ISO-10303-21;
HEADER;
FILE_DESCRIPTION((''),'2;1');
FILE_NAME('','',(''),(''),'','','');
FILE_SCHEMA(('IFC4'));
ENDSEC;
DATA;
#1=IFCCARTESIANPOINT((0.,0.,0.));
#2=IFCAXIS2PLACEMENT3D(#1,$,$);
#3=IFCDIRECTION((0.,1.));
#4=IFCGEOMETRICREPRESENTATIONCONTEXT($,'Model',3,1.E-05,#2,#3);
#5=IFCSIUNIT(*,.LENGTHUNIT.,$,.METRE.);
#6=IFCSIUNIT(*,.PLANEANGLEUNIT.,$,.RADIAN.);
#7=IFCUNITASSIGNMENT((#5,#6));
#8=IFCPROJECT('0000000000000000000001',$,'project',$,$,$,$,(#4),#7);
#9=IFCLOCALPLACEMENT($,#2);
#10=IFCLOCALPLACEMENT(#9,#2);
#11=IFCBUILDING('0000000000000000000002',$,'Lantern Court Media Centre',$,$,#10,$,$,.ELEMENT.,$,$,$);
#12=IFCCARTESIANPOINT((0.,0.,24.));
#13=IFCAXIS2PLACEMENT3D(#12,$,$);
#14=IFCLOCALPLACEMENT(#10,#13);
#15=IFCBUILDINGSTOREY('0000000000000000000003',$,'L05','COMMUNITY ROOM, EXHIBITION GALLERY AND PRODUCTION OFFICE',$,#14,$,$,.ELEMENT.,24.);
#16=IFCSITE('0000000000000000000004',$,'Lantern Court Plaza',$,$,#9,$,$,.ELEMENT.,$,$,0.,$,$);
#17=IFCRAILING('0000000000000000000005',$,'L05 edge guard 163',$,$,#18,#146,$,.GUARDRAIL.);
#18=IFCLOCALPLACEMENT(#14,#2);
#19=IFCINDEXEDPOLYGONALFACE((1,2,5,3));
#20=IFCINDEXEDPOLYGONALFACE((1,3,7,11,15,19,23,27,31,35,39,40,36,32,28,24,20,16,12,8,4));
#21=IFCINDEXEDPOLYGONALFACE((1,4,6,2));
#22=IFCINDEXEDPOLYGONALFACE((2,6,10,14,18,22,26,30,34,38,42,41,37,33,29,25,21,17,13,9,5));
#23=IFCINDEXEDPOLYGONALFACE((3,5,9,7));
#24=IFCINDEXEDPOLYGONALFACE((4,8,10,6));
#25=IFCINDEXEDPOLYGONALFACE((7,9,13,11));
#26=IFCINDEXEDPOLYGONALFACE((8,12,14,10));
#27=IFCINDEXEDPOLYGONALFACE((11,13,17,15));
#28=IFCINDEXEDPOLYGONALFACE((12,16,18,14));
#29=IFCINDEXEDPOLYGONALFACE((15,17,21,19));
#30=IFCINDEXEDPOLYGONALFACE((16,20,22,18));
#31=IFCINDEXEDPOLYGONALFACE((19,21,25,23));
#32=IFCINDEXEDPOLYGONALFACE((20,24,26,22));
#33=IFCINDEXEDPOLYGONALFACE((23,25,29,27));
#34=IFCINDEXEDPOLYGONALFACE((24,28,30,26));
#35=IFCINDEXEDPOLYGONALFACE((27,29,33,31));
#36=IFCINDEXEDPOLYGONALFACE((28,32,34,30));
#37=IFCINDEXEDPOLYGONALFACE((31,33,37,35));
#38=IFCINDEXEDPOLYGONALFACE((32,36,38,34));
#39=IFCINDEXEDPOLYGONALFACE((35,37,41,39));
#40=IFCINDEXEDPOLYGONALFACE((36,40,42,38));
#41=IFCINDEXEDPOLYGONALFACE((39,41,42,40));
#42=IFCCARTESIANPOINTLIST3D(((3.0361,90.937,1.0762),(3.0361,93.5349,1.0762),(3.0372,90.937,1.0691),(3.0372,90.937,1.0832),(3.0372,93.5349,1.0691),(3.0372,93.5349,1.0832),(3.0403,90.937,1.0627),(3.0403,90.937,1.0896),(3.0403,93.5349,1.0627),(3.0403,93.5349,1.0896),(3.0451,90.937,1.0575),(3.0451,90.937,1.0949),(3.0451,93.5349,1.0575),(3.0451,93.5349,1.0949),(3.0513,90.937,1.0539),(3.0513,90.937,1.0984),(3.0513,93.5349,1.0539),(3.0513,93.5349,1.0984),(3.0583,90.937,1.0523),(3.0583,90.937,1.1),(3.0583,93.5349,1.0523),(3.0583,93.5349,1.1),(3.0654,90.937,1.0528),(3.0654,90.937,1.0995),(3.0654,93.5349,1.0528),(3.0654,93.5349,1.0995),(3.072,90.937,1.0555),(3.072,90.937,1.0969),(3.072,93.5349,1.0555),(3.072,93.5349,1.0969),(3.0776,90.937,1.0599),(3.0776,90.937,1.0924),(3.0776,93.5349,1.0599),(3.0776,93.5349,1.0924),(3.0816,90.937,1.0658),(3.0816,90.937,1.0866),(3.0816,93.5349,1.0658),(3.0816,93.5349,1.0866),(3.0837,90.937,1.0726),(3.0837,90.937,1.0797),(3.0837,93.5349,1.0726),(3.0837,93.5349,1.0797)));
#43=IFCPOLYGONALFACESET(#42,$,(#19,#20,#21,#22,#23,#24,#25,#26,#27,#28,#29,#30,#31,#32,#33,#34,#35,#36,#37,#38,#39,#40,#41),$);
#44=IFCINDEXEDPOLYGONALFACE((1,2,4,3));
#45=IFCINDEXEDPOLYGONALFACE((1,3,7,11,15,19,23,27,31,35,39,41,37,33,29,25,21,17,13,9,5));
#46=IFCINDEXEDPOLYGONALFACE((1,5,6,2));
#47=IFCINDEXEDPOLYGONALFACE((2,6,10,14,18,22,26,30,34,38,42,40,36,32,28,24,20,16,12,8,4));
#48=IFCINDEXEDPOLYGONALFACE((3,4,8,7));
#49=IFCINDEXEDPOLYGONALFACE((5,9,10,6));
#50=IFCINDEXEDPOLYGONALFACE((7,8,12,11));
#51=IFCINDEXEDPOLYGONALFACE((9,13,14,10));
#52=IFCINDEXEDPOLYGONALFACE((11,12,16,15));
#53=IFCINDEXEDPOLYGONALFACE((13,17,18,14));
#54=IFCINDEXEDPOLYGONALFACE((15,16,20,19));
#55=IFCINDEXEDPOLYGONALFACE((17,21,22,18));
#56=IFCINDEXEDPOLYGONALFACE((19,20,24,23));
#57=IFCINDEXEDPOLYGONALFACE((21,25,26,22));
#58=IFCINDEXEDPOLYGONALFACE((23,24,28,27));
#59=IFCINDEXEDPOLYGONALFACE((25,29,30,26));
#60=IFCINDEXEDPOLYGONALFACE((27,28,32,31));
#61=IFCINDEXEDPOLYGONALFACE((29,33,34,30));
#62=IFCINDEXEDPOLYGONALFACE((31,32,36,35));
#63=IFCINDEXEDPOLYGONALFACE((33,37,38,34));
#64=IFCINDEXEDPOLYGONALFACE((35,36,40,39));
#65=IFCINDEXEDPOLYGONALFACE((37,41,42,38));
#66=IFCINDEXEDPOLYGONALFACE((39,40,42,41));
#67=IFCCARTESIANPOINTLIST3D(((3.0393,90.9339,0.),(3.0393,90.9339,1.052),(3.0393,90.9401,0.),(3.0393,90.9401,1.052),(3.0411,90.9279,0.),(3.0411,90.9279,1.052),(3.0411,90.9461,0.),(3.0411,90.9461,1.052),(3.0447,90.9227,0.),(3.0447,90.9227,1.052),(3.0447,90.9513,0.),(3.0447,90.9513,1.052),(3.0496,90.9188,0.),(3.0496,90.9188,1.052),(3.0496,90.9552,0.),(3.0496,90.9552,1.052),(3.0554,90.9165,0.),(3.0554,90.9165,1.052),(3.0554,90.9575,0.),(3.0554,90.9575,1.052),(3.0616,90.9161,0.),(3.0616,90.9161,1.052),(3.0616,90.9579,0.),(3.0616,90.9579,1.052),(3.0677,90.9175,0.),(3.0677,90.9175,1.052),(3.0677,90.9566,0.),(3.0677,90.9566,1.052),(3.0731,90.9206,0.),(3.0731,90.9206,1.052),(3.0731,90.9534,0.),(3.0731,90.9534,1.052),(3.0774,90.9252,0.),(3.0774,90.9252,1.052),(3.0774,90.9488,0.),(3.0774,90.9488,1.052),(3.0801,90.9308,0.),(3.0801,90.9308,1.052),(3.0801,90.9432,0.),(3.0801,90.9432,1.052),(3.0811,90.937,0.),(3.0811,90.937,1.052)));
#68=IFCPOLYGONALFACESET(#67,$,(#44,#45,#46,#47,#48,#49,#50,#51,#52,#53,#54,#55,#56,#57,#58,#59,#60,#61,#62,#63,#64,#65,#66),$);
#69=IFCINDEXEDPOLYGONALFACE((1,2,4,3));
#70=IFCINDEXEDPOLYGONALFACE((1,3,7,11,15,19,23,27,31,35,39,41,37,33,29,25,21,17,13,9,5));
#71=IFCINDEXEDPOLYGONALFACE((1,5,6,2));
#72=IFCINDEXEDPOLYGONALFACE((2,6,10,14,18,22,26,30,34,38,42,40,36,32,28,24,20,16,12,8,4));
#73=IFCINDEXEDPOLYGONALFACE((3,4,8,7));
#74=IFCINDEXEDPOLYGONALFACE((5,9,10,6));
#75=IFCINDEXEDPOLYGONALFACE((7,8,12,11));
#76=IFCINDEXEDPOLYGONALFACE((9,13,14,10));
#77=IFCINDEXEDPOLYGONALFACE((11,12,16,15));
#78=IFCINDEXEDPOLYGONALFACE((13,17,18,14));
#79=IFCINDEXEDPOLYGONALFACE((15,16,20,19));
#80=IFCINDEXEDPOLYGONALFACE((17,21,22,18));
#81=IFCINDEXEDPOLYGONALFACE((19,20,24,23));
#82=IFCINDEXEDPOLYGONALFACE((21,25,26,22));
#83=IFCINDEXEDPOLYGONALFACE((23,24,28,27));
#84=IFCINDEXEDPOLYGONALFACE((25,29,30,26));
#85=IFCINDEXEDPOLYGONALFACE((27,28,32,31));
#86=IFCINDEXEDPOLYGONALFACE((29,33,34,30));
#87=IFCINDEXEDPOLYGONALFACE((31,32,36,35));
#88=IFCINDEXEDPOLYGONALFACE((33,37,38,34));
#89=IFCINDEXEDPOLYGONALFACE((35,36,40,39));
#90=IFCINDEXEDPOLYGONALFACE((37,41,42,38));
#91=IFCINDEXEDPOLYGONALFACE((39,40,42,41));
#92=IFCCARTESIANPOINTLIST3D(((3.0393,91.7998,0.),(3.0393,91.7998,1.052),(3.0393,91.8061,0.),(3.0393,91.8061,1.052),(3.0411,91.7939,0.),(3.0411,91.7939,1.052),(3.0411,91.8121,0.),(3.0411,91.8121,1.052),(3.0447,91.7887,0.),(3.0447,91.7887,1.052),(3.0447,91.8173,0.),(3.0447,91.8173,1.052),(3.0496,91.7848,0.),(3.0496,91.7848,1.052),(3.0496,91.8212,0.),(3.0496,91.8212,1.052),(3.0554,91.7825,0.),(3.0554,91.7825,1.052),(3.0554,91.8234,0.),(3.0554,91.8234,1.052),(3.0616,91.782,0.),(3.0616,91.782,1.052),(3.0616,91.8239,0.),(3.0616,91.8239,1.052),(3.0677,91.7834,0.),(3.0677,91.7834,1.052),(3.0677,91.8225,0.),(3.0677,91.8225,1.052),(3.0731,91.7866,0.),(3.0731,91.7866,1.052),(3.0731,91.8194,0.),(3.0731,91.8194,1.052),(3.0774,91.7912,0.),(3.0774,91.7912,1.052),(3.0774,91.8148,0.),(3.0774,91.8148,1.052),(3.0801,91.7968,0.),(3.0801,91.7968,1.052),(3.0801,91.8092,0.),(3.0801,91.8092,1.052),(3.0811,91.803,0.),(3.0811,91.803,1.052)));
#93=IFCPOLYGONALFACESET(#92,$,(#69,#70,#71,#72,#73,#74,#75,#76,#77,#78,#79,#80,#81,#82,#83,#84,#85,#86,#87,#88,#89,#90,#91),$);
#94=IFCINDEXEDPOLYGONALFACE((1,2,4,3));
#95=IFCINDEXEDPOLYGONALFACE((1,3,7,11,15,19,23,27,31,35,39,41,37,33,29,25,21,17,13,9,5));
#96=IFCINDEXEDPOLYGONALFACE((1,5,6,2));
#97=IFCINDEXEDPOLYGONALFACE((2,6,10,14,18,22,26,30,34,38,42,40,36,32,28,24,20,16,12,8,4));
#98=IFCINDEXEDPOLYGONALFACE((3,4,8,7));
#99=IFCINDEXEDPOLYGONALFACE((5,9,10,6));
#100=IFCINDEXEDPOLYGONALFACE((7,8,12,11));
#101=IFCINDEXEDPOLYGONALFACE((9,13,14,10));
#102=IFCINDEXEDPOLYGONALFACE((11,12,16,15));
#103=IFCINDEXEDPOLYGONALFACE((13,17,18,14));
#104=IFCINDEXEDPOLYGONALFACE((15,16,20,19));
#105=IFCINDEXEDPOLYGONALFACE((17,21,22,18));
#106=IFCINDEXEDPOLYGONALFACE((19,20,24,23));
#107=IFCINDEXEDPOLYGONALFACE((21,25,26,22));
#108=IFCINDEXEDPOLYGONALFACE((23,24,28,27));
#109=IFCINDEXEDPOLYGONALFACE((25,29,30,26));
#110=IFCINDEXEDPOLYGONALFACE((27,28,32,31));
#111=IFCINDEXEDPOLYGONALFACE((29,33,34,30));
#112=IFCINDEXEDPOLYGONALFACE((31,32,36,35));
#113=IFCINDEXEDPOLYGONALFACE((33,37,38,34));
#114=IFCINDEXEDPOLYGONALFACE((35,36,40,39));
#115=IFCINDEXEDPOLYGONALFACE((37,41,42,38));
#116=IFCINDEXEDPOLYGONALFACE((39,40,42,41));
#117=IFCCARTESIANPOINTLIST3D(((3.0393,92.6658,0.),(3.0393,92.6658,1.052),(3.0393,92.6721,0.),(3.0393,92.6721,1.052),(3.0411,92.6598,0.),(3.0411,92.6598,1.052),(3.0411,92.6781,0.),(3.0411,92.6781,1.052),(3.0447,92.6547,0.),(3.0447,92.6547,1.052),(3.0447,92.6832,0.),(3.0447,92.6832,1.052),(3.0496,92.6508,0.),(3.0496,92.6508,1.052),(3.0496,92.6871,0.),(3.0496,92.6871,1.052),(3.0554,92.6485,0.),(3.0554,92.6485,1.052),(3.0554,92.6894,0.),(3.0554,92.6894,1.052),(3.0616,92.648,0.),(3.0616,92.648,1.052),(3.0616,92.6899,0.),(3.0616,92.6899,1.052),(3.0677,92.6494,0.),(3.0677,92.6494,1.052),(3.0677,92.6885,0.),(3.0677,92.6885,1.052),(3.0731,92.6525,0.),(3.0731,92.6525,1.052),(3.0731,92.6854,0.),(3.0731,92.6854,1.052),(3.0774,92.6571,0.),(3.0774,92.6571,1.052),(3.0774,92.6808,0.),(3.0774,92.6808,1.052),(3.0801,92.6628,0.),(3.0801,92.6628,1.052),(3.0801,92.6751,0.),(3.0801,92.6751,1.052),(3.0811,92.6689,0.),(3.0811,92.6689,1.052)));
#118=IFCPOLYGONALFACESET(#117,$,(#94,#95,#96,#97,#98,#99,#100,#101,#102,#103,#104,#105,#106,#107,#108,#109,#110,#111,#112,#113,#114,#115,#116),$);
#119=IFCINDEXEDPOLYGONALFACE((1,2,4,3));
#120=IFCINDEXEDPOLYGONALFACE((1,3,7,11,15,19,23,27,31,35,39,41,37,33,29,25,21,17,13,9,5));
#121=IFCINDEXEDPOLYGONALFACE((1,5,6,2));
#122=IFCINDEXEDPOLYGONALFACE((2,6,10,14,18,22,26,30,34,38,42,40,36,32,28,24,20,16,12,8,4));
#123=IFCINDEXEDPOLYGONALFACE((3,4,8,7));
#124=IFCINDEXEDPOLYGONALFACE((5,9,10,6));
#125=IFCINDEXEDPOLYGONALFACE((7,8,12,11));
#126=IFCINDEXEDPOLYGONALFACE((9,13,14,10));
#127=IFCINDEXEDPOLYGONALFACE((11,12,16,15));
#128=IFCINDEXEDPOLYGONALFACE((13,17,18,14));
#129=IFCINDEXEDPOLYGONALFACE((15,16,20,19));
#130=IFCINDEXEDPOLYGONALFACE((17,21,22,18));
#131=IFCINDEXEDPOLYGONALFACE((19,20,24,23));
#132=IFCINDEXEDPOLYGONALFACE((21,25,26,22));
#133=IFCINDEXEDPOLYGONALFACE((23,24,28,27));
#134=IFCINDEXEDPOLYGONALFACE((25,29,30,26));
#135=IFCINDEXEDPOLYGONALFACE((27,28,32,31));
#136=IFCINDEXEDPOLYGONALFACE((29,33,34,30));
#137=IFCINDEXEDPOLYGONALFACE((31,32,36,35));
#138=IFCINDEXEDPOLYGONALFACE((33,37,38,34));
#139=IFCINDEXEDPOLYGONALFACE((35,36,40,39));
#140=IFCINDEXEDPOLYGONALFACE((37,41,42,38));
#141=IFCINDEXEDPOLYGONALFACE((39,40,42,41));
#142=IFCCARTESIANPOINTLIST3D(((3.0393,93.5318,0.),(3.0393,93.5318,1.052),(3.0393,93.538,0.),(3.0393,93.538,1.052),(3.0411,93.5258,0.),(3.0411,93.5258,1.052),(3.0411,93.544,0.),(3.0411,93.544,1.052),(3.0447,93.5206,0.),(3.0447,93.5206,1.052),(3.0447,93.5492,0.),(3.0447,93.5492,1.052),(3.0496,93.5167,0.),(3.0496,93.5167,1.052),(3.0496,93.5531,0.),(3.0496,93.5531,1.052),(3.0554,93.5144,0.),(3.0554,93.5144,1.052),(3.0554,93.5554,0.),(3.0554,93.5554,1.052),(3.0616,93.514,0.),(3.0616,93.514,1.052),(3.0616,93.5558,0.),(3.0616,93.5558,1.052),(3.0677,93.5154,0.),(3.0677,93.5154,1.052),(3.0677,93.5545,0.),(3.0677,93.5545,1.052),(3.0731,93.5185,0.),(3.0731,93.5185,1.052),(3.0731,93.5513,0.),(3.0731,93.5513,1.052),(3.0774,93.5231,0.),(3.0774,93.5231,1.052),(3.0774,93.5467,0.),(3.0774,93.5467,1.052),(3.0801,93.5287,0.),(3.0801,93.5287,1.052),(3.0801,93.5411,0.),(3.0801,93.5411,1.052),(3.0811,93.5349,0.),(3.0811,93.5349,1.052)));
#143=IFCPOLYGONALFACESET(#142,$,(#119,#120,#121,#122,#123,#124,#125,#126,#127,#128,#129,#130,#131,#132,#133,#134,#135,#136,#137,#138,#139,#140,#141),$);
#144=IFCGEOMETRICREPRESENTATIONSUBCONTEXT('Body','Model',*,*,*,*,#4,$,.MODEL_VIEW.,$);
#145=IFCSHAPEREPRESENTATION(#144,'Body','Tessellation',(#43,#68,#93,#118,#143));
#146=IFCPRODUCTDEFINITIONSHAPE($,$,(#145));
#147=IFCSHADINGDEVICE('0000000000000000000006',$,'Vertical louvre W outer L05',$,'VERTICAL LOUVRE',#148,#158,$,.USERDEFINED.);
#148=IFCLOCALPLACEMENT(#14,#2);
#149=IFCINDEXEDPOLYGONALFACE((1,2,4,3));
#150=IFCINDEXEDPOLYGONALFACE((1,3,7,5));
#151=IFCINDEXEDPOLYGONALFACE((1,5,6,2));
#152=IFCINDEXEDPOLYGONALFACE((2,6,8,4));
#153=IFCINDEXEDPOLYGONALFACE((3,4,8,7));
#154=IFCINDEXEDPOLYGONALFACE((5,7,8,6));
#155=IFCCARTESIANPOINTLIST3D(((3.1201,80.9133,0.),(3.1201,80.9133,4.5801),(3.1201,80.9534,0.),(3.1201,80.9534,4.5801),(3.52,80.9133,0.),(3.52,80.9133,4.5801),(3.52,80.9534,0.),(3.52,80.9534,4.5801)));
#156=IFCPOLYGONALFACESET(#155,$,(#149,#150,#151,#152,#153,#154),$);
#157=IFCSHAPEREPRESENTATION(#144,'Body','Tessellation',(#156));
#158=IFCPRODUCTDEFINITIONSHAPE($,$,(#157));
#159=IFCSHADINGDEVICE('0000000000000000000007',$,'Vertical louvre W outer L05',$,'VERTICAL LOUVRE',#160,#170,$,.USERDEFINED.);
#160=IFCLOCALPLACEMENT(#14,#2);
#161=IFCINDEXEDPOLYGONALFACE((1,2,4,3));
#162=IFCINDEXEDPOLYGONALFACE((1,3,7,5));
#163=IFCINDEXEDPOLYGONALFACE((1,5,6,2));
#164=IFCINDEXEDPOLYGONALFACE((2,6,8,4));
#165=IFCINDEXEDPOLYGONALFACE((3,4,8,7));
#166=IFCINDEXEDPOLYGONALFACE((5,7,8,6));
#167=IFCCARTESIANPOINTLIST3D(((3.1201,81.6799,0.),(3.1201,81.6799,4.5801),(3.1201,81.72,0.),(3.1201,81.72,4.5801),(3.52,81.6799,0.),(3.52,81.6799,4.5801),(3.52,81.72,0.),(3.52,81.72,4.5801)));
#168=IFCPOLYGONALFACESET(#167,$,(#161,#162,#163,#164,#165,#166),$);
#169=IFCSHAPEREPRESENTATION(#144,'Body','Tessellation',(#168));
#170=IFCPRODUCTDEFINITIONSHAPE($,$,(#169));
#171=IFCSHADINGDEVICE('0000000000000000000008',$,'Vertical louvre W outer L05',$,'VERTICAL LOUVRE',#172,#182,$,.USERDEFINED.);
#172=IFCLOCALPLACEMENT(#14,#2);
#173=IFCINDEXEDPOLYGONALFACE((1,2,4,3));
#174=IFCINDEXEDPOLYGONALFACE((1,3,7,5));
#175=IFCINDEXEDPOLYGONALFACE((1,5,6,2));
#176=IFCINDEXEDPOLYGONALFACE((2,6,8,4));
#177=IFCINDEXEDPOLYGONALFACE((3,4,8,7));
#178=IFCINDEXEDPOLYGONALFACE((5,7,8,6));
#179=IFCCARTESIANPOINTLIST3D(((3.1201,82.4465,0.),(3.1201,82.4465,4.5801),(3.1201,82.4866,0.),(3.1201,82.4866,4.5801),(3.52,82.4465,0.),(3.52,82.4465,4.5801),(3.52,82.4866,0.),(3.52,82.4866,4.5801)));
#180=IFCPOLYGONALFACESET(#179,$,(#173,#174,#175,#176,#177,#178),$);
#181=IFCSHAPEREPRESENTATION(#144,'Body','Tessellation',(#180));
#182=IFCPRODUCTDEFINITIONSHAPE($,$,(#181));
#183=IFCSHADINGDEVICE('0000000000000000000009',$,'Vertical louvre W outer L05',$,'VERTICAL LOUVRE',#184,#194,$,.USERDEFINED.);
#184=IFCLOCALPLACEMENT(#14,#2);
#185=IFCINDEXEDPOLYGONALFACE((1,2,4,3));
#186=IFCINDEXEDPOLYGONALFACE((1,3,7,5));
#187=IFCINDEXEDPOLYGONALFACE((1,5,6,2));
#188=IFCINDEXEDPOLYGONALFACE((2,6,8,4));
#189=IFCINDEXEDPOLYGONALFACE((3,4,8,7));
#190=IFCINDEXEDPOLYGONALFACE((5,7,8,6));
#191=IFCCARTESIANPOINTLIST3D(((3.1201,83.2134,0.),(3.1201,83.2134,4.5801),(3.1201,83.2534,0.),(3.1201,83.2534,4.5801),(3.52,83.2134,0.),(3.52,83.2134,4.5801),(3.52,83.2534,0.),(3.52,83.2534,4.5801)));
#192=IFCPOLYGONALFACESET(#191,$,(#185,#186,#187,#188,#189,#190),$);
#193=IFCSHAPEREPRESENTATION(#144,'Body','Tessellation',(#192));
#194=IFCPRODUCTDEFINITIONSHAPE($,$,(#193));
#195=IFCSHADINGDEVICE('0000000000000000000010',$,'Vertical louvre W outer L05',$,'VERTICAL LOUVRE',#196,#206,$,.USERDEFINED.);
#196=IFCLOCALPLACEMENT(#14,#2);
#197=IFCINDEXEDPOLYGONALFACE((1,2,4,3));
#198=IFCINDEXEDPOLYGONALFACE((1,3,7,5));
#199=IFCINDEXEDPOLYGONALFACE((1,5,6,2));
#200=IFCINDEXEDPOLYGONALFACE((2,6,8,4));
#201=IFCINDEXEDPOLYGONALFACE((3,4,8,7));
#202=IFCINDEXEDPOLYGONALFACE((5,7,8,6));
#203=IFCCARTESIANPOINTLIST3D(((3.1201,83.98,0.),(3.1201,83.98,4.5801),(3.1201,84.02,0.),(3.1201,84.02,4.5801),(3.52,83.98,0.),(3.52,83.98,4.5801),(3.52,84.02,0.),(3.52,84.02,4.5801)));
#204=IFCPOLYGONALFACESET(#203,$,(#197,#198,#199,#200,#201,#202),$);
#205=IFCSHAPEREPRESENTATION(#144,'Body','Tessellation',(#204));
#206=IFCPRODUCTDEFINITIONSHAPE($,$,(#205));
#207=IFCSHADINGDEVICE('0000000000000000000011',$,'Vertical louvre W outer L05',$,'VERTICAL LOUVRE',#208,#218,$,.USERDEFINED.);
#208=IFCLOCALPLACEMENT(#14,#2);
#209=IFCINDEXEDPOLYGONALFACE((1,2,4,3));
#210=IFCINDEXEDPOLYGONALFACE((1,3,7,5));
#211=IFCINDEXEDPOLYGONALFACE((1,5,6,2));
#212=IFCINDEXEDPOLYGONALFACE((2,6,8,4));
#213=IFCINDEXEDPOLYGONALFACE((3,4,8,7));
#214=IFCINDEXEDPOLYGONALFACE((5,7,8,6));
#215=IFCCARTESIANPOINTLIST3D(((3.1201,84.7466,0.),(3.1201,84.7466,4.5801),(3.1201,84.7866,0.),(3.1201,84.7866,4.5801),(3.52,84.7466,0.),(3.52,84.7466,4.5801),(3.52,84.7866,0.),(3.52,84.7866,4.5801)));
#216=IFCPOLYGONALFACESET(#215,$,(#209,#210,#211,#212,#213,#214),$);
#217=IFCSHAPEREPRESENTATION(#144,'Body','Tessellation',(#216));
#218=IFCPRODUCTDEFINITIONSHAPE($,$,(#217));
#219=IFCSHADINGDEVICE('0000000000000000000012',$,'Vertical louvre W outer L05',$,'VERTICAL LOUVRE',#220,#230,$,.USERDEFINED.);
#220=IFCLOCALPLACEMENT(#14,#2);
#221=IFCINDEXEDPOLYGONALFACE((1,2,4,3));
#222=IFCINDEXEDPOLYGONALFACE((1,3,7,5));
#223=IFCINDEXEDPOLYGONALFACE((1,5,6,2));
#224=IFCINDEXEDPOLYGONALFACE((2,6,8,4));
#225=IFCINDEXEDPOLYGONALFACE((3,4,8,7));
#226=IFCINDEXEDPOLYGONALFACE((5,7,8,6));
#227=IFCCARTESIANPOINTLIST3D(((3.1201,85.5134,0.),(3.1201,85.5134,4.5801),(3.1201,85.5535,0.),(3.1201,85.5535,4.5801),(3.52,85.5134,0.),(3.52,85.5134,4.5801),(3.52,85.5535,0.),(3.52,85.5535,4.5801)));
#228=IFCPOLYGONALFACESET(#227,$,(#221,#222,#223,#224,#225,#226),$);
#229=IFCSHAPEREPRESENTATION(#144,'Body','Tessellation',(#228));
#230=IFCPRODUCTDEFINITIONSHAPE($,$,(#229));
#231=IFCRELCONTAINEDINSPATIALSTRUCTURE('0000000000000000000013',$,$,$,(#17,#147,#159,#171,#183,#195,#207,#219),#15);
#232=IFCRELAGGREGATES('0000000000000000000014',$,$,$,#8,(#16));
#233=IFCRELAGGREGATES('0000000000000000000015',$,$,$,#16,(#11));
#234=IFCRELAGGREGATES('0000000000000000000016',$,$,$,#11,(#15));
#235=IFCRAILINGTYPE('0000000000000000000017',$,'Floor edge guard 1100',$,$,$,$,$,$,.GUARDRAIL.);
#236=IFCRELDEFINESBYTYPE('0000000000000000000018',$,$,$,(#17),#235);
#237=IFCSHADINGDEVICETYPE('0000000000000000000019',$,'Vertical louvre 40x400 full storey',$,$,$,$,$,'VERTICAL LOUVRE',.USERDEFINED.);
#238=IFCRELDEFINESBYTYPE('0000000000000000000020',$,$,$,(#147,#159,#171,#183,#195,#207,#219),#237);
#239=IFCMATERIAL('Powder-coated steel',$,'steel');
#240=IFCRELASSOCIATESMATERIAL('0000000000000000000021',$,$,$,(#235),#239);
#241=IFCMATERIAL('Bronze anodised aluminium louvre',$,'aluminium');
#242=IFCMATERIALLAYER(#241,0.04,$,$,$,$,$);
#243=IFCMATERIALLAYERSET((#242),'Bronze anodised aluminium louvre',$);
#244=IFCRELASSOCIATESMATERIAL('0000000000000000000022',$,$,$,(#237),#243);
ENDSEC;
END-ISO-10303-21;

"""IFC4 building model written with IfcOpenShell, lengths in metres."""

from ifc_helpers import new_model, si_unit, direction, frame, origin, origin_2d, place, context, subcontext, project, spatial, rectangle, circle, extrude, material, layer, layer_set, type_object, element, save


model = new_model("IFC4")

# Units and contexts
model_context = context("Model", 3, precision=1e-05, world=origin(), true_north=direction((0.0, 1.0)))
body_context = subcontext(model_context, "Body", "Model", "MODEL_VIEW")
ifc_project = project(units=[si_unit("LENGTHUNIT", "METRE"), si_unit("PLANEANGLEUNIT", "RADIAN")], contexts=[model_context])

# Site, building, storey
site_placement = place(None, origin())
site = spatial("IfcSite", under=ifc_project, at=site_placement, Name="Lantern Court Plaza", CompositionType="ELEMENT", RefElevation=0.0)
building_placement = place(site_placement, origin())
building = spatial("IfcBuilding", under=site, at=building_placement, Name="Lantern Court Media Centre", CompositionType="ELEMENT")
storey_placement = place(building_placement, frame((0.0, 0.0, 24.0)))
storey = spatial("IfcBuildingStorey", under=building, at=storey_placement, Name="L05", Description="COMMUNITY ROOM, EXHIBITION GALLERY AND PRODUCTION OFFICE", CompositionType="ELEMENT", Elevation=24.0)

# Railing
ifc_material_1 = material(Name="Powder-coated steel", Category="steel")
railing_type = type_object("IfcRailingType", Name="Floor edge guard 1100", PredefinedType="GUARDRAIL", material=ifc_material_1)
railing_1_placement = place(storey_placement, frame((3.0601, 90.937, 0.0)))
element("IfcRailing", 1, at=railing_1_placement, inside=storey, type_object=railing_type, Name="L05 edge guard 163", PredefinedType="GUARDRAIL", context=body_context, shape_type="SweptSolid", body=[
    extrude(circle(Radius=0.0239, at=origin_2d()), frame((0.0, 0.0, 1.0762), z_axis=(0.0, 1.0, 0.0), x_axis=(-1.0, 0.0, 0.0)), (0.0, 0.0, 1.0), 2.5979),
    extrude(circle(Radius=0.021, at=origin_2d()), origin(), (0.0, 0.0, 1.0), 1.052),
    extrude(circle(Radius=0.021, at=origin_2d()), frame((0.0, 0.866, 0.0)), (0.0, 0.0, 1.0), 1.052),
    extrude(circle(Radius=0.021, at=origin_2d()), frame((0.0, 1.7319, 0.0)), (0.0, 0.0, 1.0), 1.052),
    extrude(circle(Radius=0.021, at=origin_2d()), frame((0.0, 2.5979, 0.0)), (0.0, 0.0, 1.0), 1.052),
])

# Shading devices
ifc_material_2 = material(Name="Bronze anodised aluminium louvre", Category="aluminium")
ifc_layer_1 = layer(ifc_material_2, 0.04)
ifc_layer_set_1 = layer_set([ifc_layer_1], Name="Bronze anodised aluminium louvre")
shading_device_type = type_object("IfcShadingDeviceType", Name="Vertical louvre 40x400 full storey", ElementType="VERTICAL LOUVRE", PredefinedType="USERDEFINED", material=ifc_layer_set_1)
for number, where, z_axis, x_axis, name in (
    (2, (3.3201, 80.9333, 0.0), (0.0, 0.0, 1.0), (1.0, 0.0, 0.0), "Vertical louvre W outer L05"),
    (3, (3.3201, 81.7, 0.0), (0.0, 0.0, 1.0), (1.0, 0.0, 0.0), "Vertical louvre W outer L05"),
    (4, (3.3201, 82.4666, 0.0), (0.0, 0.0, 1.0), (1.0, 0.0, 0.0), "Vertical louvre W outer L05"),
    (5, (3.3201, 83.2334, 0.0), (0.0, 0.0, 1.0), (1.0, 0.0, 0.0), "Vertical louvre W outer L05"),
    (6, (3.3201, 84.0, 0.0), (0.0, 0.0, 1.0), (1.0, 0.0, 0.0), "Vertical louvre W outer L05"),
    (7, (3.3201, 84.7666, 0.0), (0.0, 0.0, 1.0), (1.0, 0.0, 0.0), "Vertical louvre W outer L05"),
    (8, (3.3201, 85.5334, 0.0), (0.0, 0.0, 1.0), (1.0, 0.0, 0.0), "Vertical louvre W outer L05"),
):
    element("IfcShadingDevice", number, at=place(storey_placement, frame(where, z_axis=z_axis, x_axis=x_axis)), inside=storey, type_object=shading_device_type, Name=name, ObjectType="VERTICAL LOUVRE", PredefinedType="USERDEFINED", context=body_context, shape_type="SweptSolid", body=[
        extrude(rectangle(XDim=0.3999, YDim=0.04, at=origin_2d()), origin(), (0.0, 0.0, 1.0), 4.5801),
    ])

save(model, "model.ifc")
